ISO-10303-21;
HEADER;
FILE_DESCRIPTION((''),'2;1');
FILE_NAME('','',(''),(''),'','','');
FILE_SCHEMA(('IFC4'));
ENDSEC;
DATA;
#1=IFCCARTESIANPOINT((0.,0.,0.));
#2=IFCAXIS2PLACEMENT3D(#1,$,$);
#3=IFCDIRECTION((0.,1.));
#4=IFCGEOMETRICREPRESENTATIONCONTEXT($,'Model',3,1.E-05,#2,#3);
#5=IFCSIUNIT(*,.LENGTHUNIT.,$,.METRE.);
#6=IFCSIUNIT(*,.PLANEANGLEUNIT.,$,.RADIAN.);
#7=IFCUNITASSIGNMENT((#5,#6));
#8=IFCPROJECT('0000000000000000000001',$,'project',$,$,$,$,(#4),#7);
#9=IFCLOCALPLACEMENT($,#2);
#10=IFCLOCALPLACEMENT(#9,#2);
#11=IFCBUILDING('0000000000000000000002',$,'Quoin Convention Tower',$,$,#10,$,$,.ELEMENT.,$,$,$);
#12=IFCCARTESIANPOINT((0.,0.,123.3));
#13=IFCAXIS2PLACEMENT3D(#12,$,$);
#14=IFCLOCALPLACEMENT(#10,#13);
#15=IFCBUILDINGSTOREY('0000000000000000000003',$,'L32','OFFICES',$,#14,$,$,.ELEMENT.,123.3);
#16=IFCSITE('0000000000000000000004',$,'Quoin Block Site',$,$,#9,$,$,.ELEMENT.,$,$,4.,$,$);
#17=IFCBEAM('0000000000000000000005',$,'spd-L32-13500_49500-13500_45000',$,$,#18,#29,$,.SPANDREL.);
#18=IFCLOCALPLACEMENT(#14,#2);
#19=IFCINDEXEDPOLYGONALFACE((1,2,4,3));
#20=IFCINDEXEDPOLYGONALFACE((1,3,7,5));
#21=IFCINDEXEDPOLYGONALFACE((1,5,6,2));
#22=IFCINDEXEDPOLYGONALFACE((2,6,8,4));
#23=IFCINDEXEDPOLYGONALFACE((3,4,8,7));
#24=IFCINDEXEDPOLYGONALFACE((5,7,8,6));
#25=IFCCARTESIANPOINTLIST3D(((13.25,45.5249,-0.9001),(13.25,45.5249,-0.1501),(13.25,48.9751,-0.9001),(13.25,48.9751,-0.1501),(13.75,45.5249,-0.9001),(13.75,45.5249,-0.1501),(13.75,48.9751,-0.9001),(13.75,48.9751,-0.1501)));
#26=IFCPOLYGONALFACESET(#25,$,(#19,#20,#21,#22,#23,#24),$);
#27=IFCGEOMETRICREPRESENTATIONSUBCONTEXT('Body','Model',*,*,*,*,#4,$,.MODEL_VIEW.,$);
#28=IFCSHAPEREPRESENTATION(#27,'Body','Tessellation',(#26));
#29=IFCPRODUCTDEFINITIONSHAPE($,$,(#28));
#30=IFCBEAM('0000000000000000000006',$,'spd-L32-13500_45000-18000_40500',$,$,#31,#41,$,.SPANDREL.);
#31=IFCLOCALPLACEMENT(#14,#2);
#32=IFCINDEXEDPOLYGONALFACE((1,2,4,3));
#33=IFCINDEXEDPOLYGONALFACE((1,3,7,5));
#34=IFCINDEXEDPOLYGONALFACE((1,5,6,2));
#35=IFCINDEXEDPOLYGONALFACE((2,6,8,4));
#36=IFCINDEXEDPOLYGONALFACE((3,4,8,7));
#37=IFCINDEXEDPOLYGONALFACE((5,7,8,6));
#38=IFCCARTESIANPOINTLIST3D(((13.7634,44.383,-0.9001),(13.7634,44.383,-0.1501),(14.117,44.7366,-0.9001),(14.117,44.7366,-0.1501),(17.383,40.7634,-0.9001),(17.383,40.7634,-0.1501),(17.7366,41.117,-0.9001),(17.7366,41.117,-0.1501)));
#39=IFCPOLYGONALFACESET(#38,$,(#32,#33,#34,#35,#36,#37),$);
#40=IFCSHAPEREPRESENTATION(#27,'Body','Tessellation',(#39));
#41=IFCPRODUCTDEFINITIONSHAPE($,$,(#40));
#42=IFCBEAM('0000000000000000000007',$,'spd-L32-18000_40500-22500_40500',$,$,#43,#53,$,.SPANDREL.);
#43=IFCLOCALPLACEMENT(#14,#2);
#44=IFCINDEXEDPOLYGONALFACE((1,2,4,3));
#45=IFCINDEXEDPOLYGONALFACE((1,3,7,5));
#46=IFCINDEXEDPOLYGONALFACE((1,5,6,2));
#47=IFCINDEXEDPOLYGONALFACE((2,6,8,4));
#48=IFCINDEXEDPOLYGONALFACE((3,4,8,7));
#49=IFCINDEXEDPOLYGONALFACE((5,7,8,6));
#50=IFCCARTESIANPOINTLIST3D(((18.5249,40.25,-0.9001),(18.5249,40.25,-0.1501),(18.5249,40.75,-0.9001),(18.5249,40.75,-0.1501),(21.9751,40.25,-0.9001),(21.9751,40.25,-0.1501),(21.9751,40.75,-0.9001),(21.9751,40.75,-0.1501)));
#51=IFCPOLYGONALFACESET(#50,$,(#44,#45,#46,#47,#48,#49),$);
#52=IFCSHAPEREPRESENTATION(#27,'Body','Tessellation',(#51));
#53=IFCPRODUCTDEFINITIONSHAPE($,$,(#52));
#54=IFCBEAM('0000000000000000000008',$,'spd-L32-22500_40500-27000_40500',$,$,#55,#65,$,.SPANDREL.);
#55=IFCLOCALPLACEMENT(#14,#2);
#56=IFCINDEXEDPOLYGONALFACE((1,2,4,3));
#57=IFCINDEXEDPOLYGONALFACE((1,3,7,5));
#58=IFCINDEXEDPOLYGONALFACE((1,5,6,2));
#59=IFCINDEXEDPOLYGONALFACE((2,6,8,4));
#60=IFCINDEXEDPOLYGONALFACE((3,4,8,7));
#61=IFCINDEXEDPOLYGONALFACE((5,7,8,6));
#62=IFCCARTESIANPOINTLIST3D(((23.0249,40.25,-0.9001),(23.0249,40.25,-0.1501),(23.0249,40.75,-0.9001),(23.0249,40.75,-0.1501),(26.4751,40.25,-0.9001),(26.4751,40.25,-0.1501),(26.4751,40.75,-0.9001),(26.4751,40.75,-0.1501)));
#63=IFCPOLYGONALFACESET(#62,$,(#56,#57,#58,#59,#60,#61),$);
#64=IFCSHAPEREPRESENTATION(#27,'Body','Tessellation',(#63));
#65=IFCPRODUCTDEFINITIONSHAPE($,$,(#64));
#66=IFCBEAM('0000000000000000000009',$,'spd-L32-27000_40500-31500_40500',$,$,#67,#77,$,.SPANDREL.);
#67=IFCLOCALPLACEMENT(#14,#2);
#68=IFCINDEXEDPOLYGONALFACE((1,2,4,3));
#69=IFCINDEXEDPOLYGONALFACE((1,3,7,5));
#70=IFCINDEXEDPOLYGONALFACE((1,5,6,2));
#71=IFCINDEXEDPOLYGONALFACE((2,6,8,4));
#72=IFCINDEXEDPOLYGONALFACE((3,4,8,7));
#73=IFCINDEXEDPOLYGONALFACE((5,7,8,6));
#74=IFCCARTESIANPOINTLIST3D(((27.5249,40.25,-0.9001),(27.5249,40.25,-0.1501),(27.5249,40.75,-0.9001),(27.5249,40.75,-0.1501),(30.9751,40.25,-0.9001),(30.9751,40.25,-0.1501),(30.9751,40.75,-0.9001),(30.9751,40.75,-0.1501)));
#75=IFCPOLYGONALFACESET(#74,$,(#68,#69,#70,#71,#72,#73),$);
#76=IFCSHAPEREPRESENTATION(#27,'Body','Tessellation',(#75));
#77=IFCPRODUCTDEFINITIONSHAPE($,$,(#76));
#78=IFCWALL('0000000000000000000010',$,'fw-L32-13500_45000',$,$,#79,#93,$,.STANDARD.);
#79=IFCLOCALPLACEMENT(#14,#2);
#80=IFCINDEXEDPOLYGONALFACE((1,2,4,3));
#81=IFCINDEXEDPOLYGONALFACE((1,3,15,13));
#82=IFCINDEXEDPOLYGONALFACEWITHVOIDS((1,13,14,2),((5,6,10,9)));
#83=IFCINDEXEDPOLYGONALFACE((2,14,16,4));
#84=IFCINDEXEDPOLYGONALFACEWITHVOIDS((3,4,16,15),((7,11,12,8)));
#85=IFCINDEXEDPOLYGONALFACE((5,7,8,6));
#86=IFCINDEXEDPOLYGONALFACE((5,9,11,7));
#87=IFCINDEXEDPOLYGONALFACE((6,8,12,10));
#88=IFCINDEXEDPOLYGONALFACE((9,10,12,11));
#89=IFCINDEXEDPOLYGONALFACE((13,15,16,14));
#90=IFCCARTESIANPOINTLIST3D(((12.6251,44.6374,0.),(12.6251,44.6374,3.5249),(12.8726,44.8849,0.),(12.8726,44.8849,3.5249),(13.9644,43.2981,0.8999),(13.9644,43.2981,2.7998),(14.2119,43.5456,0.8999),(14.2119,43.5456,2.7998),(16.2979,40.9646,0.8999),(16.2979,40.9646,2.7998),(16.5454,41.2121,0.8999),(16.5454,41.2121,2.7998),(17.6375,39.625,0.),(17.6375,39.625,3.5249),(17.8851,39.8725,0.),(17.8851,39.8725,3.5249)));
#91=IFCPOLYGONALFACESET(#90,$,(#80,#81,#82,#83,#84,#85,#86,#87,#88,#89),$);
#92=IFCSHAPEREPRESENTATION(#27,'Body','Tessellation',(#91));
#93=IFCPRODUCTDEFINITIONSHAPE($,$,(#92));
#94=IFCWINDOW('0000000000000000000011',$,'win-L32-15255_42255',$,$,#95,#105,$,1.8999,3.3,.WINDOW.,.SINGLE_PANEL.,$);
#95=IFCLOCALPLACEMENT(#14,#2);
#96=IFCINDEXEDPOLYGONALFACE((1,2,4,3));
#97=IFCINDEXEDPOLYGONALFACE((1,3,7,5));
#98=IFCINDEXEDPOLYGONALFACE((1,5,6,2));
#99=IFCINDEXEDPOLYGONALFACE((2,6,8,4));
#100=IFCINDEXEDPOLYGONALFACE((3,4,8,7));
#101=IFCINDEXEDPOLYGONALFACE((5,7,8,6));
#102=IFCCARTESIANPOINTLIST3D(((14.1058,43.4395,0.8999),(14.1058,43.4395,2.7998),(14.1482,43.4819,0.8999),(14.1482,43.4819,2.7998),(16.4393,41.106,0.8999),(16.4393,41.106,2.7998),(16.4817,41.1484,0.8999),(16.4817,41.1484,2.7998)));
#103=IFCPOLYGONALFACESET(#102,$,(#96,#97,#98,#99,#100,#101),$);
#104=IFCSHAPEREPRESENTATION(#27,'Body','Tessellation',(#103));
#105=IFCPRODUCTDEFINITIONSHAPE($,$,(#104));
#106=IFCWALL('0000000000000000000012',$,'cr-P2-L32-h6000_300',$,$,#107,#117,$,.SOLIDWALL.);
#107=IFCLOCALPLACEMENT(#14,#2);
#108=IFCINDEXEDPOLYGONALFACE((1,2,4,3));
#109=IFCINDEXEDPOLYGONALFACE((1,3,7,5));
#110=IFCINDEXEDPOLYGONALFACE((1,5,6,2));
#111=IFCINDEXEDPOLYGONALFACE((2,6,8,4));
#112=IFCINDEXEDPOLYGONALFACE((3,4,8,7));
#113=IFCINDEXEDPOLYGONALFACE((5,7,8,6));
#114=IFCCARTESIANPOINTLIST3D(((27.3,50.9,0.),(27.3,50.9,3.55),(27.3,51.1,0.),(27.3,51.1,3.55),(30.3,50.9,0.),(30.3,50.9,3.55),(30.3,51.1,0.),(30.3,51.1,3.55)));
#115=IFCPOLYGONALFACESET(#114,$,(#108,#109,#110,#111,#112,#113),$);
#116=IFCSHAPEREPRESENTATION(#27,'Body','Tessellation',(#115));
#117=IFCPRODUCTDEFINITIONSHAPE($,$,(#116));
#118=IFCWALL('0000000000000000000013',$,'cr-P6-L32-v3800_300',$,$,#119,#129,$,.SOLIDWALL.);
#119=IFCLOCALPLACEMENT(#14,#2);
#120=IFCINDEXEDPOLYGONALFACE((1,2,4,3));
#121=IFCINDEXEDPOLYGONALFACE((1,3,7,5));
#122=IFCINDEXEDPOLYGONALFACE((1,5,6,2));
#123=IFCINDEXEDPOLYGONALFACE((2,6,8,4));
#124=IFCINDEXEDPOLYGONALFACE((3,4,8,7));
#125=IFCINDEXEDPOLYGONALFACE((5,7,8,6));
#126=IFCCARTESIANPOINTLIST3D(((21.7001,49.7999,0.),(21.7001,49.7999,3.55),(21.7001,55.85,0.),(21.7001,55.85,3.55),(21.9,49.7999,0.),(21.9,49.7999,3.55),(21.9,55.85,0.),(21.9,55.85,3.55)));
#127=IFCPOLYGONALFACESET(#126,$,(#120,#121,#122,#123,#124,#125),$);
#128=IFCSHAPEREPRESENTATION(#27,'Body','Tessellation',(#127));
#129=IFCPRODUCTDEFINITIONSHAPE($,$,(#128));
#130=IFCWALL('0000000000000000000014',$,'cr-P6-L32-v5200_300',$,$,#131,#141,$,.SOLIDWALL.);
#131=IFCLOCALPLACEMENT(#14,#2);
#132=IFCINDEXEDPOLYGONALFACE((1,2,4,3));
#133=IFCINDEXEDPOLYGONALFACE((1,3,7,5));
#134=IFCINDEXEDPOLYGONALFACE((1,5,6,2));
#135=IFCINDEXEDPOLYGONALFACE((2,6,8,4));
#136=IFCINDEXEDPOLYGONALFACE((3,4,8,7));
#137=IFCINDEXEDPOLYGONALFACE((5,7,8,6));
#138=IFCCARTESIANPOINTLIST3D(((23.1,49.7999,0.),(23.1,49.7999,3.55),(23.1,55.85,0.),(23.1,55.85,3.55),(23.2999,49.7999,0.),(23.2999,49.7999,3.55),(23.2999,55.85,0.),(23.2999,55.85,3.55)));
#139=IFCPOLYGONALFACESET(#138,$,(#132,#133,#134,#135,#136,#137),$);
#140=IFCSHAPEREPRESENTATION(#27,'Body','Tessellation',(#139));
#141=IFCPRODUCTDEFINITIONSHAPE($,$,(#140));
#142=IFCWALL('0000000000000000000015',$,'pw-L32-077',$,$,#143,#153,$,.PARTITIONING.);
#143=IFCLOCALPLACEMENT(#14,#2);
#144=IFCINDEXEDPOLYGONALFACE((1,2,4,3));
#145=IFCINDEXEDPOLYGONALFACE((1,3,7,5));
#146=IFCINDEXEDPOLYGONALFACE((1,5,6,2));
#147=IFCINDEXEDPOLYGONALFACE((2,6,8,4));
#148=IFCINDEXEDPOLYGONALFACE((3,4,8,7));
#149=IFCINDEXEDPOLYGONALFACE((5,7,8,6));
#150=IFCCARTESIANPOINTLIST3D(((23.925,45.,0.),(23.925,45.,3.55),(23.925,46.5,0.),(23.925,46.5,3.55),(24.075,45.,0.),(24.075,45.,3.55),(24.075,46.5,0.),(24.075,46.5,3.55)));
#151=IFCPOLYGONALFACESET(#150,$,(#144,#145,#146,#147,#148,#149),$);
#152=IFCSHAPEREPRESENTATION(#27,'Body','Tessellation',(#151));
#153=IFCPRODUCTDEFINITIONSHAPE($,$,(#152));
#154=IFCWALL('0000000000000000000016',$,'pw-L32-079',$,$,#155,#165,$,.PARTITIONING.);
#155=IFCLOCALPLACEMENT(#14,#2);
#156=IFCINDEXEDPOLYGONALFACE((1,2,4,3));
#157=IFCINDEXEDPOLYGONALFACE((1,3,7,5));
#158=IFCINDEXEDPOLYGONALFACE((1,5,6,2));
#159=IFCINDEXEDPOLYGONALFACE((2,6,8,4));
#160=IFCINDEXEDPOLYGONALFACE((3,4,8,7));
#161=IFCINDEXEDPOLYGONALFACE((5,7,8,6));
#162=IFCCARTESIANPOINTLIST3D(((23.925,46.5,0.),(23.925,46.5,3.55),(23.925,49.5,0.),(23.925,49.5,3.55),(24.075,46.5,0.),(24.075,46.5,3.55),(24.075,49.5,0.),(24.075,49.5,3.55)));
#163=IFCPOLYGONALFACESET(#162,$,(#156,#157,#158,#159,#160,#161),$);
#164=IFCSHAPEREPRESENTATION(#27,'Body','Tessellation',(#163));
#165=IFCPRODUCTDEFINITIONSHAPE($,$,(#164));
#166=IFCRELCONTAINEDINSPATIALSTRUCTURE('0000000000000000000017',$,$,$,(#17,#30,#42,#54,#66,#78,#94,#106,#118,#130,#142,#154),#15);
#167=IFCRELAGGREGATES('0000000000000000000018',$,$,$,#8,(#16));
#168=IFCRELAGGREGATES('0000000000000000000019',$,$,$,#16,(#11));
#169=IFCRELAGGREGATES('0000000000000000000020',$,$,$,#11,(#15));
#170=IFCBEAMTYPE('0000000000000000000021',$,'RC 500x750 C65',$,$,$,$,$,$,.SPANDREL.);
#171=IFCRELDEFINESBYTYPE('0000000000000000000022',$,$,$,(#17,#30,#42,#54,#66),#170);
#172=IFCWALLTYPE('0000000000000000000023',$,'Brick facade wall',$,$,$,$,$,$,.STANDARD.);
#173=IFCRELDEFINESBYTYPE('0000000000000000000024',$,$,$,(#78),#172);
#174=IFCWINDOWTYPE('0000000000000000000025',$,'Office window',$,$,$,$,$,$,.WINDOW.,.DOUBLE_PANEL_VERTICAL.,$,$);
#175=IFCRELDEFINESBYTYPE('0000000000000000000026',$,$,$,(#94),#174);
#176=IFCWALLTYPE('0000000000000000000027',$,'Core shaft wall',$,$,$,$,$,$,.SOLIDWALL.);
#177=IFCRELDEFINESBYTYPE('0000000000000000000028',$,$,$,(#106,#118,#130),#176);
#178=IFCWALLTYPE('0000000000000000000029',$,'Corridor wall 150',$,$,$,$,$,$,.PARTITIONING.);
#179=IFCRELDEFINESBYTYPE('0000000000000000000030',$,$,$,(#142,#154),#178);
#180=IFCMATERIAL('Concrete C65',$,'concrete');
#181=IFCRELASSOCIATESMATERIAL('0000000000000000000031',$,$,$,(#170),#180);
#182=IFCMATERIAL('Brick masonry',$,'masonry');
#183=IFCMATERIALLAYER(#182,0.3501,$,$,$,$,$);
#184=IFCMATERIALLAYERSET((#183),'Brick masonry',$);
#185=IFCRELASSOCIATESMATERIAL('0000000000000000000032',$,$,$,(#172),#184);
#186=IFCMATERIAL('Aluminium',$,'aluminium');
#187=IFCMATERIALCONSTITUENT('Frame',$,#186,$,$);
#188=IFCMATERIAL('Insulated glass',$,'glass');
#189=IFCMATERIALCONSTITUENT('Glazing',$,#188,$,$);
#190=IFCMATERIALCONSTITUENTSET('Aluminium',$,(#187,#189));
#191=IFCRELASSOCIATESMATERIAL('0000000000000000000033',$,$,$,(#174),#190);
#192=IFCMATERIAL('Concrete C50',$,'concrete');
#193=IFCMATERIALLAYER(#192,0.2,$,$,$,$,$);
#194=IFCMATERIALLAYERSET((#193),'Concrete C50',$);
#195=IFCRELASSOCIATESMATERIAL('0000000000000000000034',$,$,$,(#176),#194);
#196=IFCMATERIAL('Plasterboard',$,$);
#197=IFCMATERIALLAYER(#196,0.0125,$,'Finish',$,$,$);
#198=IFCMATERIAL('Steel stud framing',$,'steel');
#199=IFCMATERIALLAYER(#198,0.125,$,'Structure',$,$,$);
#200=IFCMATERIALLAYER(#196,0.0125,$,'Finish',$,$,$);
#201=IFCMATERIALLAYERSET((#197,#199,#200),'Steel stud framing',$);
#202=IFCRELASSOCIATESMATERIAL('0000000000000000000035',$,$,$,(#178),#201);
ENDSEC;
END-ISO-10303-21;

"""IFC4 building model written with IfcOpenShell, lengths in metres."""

from ifc_helpers import new_model, si_unit, direction, frame, frame_2d, origin, origin_2d, place, context, subcontext, project, spatial, rectangle, extrude, material, layer, layer_set, constituent, constituent_set, material_profile, profile_set, type_object, element, fill, save


model = new_model("IFC4")

# Units and contexts
model_context = context("Model", 3, precision=1e-05, world=origin(), true_north=direction((0.0, 1.0)))
body_context = subcontext(model_context, "Body", "Model", "MODEL_VIEW")
ifc_project = project(units=[si_unit("LENGTHUNIT", "METRE"), si_unit("PLANEANGLEUNIT", "RADIAN")], contexts=[model_context])

# Site, building, storey
site_placement = place(None, origin())
site = spatial("IfcSite", under=ifc_project, at=site_placement, Name="Quoin Block Site", CompositionType="ELEMENT", RefElevation=4.0)
building_placement = place(site_placement, origin())
building = spatial("IfcBuilding", under=site, at=building_placement, Name="Quoin Convention Tower", CompositionType="ELEMENT")
storey_placement = place(building_placement, frame((0.0, 0.0, 123.3)))
storey = spatial("IfcBuildingStorey", under=building, at=storey_placement, Name="L32", Description="OFFICES", CompositionType="ELEMENT", Elevation=123.3)

# Shared definitions
ifc_material_1 = material(Name="Concrete C65", Category="concrete")

# Beams
ifc_material_profile_1 = material_profile(ifc_material_1, rectangle(XDim=0.5, YDim=0.75, at=origin_2d()), Name="RC 500x750")
ifc_profile_set_1 = profile_set([ifc_material_profile_1], Name="Concrete C65")
beam_type_1 = type_object("IfcBeamType", Name="RC 500x750 C65", PredefinedType="SPANDREL", material=ifc_profile_set_1)
beam_1_placement = place(storey_placement, frame((13.5, 48.9751, -0.5251), z_axis=(0.0, -1.0, 0.0), x_axis=(1.0, 0.0, 0.0)))
element("IfcBeam", 1, at=beam_1_placement, inside=storey, type_object=beam_type_1, Name="spd-L32-13500_49500-13500_45000", PredefinedType="SPANDREL", context=body_context, shape_type="SweptSolid", body=[
    extrude(rectangle(XDim=0.5, YDim=0.75, at=origin_2d()), origin(), (0.0, 0.0, 1.0), 3.4502),
])
beam_2_placement = place(storey_placement, frame((13.9402, 44.5598, -0.5251), z_axis=(0.707107, -0.707107, 0.0), x_axis=(0.707107, 0.707107, 0.0)))
element("IfcBeam", 2, at=beam_2_placement, inside=storey, type_object=beam_type_1, Name="spd-L32-13500_45000-18000_40500", PredefinedType="SPANDREL", context=body_context, shape_type="SweptSolid", body=[
    extrude(rectangle(XDim=0.5, YDim=0.75, at=origin_2d()), origin(), (0.0, 0.0, 1.0), 5.1189),
])
for number, where, z_axis, x_axis, name in (
    (3, (18.5249, 40.5, -0.5251), (1.0, 0.0, 0.0), (0.0, 1.0, 0.0), "spd-L32-18000_40500-22500_40500"),
    (4, (23.0249, 40.5, -0.5251), (1.0, 0.0, 0.0), (0.0, 1.0, 0.0), "spd-L32-22500_40500-27000_40500"),
    (5, (27.5249, 40.5, -0.5251), (1.0, 0.0, 0.0), (0.0, 1.0, 0.0), "spd-L32-27000_40500-31500_40500"),
):
    element("IfcBeam", number, at=place(storey_placement, frame(where, z_axis=z_axis, x_axis=x_axis)), inside=storey, type_object=beam_type_1, Name=name, PredefinedType="SPANDREL", context=body_context, shape_type="SweptSolid", body=[
        extrude(rectangle(XDim=0.5, YDim=0.75, at=origin_2d()), origin(), (0.0, 0.0, 1.0), 3.4502),
    ])

# Wall, opening, window
ifc_material_2 = material(Name="Brick masonry", Category="masonry")
ifc_layer_1 = layer(ifc_material_2, 0.3501)
ifc_layer_set_1 = layer_set([ifc_layer_1], Name="Brick masonry")
wall_type_1 = type_object("IfcWallType", Name="Brick facade wall", PredefinedType="STANDARD", material=ifc_layer_set_1)
wall_1_placement = place(storey_placement, frame((12.7488, 44.7612, 0.0), z_axis=(0.0, 0.0, 1.0), x_axis=(0.707107, -0.707107, 0.0)))
wall_1 = element("IfcWall", 6, at=wall_1_placement, inside=storey, type_object=wall_type_1, Name="fw-L32-13500_45000", PredefinedType="STANDARD", context=body_context, shape_type="SweptSolid", body=[
    extrude(rectangle(XDim=7.0886, YDim=0.3501, at=frame_2d((3.5444, 0.0))), origin(), (0.0, 0.0, 1.0), 3.5249),
])
opening_1_placement = place(wall_1_placement, frame((1.8943, 0.0, 0.8999)))
opening_1 = element("IfcOpeningElement", 7, at=opening_1_placement, cuts=wall_1, PredefinedType="OPENING", context=body_context, shape_type="SweptSolid", body=[
    extrude(rectangle(XDim=3.3, YDim=1.8999, at=frame_2d((1.6499, 0.95))), frame((0.0, 0.1851, 0.0), z_axis=(0.0, -1.0, 0.0), x_axis=(1.0, 0.0, 0.0)), (0.0, 0.0, 1.0), 0.3701),
])
ifc_material_3 = material(Name="Aluminium", Category="aluminium")
ifc_constituent_1 = constituent(ifc_material_3, Name="Frame")
ifc_material_4 = material(Name="Insulated glass", Category="glass")
ifc_constituent_2 = constituent(ifc_material_4, Name="Glazing")
ifc_constituent_set = constituent_set(constituents=[ifc_constituent_1, ifc_constituent_2], Name="Aluminium")
window_type = type_object("IfcWindowType", Name="Office window", PartitioningType="DOUBLE_PANEL_VERTICAL", PredefinedType="WINDOW", material=ifc_constituent_set)
window_placement = place(opening_1_placement, origin())
window = element("IfcWindow", 8, at=window_placement, inside=storey, type_object=window_type, Name="win-L32-15255_42255", OverallHeight=1.8999, OverallWidth=3.3, PartitioningType="SINGLE_PANEL", PredefinedType="WINDOW", context=body_context, shape_type="SweptSolid", body=[
    extrude(rectangle(XDim=3.3, YDim=1.8999, at=frame_2d((1.6499, 0.95))), frame((0.0, 0.085, 0.0), z_axis=(0.0, -1.0, 0.0), x_axis=(1.0, 0.0, 0.0)), (0.0, 0.0, 1.0), 0.0601),
])
fill(opening_1, window)

# Walls
ifc_material_5 = material(Name="Concrete C50", Category="concrete")
ifc_layer_2 = layer(ifc_material_5, 0.2)
ifc_layer_set_2 = layer_set([ifc_layer_2], Name="Concrete C50")
wall_type_2 = type_object("IfcWallType", Name="Core shaft wall", PredefinedType="SOLIDWALL", material=ifc_layer_set_2)
wall_2_placement = place(storey_placement, frame((27.3, 51.0, 0.0), z_axis=(0.0, 0.0, 1.0), x_axis=(1.0, 0.0, 0.0)))
element("IfcWall", 9, at=wall_2_placement, inside=storey, type_object=wall_type_2, Name="cr-P2-L32-h6000_300", PredefinedType="SOLIDWALL", context=body_context, shape_type="SweptSolid", body=[
    extrude(rectangle(XDim=3.0, YDim=0.2, at=frame_2d((1.5, 0.0))), origin(), (0.0, 0.0, 1.0), 3.55),
])
for number, where, z_axis, x_axis, name in (
    (10, (21.8, 49.8, 0.0), (0.0, 0.0, 1.0), (0.0, 1.0, 0.0), "cr-P6-L32-v3800_300"),
    (11, (23.2, 49.8, 0.0), (0.0, 0.0, 1.0), (0.0, 1.0, 0.0), "cr-P6-L32-v5200_300"),
):
    element("IfcWall", number, at=place(storey_placement, frame(where, z_axis=z_axis, x_axis=x_axis)), inside=storey, type_object=wall_type_2, Name=name, PredefinedType="SOLIDWALL", context=body_context, shape_type="SweptSolid", body=[
        extrude(rectangle(XDim=6.05, YDim=0.2, at=frame_2d((3.0249, 0.0))), origin(), (0.0, 0.0, 1.0), 3.55),
    ])
ifc_material_6 = material(Name="Plasterboard")
ifc_layer_3 = layer(ifc_material_6, 0.0125, Name="Finish")
ifc_material_7 = material(Name="Steel stud framing", Category="steel")
ifc_layer_4 = layer(ifc_material_7, 0.125, Name="Structure")
ifc_layer_5 = layer(ifc_material_6, 0.0125, Name="Finish")
ifc_layer_set_3 = layer_set([ifc_layer_3, ifc_layer_4, ifc_layer_5], Name="Steel stud framing")
wall_type_3 = type_object("IfcWallType", Name="Corridor wall 150", PredefinedType="PARTITIONING", material=ifc_layer_set_3)
wall_3_placement = place(storey_placement, frame((24.0, 45.0, 0.0), z_axis=(0.0, 0.0, 1.0), x_axis=(0.0, 1.0, 0.0)))
element("IfcWall", 12, at=wall_3_placement, inside=storey, type_object=wall_type_3, Name="pw-L32-077", PredefinedType="PARTITIONING", context=body_context, shape_type="SweptSolid", body=[
    extrude(rectangle(XDim=1.5, YDim=0.1499, at=frame_2d((0.75, 0.0))), origin(), (0.0, 0.0, 1.0), 3.55),
])
wall_4_placement = place(storey_placement, frame((24.0, 46.5, 0.0), z_axis=(0.0, 0.0, 1.0), x_axis=(0.0, 1.0, 0.0)))
element("IfcWall", 13, at=wall_4_placement, inside=storey, type_object=wall_type_3, Name="pw-L32-079", PredefinedType="PARTITIONING", context=body_context, shape_type="SweptSolid", body=[
    extrude(rectangle(XDim=3.0, YDim=0.1499, at=frame_2d((1.5, 0.0))), origin(), (0.0, 0.0, 1.0), 3.55),
])

save(model, "model.ifc")
